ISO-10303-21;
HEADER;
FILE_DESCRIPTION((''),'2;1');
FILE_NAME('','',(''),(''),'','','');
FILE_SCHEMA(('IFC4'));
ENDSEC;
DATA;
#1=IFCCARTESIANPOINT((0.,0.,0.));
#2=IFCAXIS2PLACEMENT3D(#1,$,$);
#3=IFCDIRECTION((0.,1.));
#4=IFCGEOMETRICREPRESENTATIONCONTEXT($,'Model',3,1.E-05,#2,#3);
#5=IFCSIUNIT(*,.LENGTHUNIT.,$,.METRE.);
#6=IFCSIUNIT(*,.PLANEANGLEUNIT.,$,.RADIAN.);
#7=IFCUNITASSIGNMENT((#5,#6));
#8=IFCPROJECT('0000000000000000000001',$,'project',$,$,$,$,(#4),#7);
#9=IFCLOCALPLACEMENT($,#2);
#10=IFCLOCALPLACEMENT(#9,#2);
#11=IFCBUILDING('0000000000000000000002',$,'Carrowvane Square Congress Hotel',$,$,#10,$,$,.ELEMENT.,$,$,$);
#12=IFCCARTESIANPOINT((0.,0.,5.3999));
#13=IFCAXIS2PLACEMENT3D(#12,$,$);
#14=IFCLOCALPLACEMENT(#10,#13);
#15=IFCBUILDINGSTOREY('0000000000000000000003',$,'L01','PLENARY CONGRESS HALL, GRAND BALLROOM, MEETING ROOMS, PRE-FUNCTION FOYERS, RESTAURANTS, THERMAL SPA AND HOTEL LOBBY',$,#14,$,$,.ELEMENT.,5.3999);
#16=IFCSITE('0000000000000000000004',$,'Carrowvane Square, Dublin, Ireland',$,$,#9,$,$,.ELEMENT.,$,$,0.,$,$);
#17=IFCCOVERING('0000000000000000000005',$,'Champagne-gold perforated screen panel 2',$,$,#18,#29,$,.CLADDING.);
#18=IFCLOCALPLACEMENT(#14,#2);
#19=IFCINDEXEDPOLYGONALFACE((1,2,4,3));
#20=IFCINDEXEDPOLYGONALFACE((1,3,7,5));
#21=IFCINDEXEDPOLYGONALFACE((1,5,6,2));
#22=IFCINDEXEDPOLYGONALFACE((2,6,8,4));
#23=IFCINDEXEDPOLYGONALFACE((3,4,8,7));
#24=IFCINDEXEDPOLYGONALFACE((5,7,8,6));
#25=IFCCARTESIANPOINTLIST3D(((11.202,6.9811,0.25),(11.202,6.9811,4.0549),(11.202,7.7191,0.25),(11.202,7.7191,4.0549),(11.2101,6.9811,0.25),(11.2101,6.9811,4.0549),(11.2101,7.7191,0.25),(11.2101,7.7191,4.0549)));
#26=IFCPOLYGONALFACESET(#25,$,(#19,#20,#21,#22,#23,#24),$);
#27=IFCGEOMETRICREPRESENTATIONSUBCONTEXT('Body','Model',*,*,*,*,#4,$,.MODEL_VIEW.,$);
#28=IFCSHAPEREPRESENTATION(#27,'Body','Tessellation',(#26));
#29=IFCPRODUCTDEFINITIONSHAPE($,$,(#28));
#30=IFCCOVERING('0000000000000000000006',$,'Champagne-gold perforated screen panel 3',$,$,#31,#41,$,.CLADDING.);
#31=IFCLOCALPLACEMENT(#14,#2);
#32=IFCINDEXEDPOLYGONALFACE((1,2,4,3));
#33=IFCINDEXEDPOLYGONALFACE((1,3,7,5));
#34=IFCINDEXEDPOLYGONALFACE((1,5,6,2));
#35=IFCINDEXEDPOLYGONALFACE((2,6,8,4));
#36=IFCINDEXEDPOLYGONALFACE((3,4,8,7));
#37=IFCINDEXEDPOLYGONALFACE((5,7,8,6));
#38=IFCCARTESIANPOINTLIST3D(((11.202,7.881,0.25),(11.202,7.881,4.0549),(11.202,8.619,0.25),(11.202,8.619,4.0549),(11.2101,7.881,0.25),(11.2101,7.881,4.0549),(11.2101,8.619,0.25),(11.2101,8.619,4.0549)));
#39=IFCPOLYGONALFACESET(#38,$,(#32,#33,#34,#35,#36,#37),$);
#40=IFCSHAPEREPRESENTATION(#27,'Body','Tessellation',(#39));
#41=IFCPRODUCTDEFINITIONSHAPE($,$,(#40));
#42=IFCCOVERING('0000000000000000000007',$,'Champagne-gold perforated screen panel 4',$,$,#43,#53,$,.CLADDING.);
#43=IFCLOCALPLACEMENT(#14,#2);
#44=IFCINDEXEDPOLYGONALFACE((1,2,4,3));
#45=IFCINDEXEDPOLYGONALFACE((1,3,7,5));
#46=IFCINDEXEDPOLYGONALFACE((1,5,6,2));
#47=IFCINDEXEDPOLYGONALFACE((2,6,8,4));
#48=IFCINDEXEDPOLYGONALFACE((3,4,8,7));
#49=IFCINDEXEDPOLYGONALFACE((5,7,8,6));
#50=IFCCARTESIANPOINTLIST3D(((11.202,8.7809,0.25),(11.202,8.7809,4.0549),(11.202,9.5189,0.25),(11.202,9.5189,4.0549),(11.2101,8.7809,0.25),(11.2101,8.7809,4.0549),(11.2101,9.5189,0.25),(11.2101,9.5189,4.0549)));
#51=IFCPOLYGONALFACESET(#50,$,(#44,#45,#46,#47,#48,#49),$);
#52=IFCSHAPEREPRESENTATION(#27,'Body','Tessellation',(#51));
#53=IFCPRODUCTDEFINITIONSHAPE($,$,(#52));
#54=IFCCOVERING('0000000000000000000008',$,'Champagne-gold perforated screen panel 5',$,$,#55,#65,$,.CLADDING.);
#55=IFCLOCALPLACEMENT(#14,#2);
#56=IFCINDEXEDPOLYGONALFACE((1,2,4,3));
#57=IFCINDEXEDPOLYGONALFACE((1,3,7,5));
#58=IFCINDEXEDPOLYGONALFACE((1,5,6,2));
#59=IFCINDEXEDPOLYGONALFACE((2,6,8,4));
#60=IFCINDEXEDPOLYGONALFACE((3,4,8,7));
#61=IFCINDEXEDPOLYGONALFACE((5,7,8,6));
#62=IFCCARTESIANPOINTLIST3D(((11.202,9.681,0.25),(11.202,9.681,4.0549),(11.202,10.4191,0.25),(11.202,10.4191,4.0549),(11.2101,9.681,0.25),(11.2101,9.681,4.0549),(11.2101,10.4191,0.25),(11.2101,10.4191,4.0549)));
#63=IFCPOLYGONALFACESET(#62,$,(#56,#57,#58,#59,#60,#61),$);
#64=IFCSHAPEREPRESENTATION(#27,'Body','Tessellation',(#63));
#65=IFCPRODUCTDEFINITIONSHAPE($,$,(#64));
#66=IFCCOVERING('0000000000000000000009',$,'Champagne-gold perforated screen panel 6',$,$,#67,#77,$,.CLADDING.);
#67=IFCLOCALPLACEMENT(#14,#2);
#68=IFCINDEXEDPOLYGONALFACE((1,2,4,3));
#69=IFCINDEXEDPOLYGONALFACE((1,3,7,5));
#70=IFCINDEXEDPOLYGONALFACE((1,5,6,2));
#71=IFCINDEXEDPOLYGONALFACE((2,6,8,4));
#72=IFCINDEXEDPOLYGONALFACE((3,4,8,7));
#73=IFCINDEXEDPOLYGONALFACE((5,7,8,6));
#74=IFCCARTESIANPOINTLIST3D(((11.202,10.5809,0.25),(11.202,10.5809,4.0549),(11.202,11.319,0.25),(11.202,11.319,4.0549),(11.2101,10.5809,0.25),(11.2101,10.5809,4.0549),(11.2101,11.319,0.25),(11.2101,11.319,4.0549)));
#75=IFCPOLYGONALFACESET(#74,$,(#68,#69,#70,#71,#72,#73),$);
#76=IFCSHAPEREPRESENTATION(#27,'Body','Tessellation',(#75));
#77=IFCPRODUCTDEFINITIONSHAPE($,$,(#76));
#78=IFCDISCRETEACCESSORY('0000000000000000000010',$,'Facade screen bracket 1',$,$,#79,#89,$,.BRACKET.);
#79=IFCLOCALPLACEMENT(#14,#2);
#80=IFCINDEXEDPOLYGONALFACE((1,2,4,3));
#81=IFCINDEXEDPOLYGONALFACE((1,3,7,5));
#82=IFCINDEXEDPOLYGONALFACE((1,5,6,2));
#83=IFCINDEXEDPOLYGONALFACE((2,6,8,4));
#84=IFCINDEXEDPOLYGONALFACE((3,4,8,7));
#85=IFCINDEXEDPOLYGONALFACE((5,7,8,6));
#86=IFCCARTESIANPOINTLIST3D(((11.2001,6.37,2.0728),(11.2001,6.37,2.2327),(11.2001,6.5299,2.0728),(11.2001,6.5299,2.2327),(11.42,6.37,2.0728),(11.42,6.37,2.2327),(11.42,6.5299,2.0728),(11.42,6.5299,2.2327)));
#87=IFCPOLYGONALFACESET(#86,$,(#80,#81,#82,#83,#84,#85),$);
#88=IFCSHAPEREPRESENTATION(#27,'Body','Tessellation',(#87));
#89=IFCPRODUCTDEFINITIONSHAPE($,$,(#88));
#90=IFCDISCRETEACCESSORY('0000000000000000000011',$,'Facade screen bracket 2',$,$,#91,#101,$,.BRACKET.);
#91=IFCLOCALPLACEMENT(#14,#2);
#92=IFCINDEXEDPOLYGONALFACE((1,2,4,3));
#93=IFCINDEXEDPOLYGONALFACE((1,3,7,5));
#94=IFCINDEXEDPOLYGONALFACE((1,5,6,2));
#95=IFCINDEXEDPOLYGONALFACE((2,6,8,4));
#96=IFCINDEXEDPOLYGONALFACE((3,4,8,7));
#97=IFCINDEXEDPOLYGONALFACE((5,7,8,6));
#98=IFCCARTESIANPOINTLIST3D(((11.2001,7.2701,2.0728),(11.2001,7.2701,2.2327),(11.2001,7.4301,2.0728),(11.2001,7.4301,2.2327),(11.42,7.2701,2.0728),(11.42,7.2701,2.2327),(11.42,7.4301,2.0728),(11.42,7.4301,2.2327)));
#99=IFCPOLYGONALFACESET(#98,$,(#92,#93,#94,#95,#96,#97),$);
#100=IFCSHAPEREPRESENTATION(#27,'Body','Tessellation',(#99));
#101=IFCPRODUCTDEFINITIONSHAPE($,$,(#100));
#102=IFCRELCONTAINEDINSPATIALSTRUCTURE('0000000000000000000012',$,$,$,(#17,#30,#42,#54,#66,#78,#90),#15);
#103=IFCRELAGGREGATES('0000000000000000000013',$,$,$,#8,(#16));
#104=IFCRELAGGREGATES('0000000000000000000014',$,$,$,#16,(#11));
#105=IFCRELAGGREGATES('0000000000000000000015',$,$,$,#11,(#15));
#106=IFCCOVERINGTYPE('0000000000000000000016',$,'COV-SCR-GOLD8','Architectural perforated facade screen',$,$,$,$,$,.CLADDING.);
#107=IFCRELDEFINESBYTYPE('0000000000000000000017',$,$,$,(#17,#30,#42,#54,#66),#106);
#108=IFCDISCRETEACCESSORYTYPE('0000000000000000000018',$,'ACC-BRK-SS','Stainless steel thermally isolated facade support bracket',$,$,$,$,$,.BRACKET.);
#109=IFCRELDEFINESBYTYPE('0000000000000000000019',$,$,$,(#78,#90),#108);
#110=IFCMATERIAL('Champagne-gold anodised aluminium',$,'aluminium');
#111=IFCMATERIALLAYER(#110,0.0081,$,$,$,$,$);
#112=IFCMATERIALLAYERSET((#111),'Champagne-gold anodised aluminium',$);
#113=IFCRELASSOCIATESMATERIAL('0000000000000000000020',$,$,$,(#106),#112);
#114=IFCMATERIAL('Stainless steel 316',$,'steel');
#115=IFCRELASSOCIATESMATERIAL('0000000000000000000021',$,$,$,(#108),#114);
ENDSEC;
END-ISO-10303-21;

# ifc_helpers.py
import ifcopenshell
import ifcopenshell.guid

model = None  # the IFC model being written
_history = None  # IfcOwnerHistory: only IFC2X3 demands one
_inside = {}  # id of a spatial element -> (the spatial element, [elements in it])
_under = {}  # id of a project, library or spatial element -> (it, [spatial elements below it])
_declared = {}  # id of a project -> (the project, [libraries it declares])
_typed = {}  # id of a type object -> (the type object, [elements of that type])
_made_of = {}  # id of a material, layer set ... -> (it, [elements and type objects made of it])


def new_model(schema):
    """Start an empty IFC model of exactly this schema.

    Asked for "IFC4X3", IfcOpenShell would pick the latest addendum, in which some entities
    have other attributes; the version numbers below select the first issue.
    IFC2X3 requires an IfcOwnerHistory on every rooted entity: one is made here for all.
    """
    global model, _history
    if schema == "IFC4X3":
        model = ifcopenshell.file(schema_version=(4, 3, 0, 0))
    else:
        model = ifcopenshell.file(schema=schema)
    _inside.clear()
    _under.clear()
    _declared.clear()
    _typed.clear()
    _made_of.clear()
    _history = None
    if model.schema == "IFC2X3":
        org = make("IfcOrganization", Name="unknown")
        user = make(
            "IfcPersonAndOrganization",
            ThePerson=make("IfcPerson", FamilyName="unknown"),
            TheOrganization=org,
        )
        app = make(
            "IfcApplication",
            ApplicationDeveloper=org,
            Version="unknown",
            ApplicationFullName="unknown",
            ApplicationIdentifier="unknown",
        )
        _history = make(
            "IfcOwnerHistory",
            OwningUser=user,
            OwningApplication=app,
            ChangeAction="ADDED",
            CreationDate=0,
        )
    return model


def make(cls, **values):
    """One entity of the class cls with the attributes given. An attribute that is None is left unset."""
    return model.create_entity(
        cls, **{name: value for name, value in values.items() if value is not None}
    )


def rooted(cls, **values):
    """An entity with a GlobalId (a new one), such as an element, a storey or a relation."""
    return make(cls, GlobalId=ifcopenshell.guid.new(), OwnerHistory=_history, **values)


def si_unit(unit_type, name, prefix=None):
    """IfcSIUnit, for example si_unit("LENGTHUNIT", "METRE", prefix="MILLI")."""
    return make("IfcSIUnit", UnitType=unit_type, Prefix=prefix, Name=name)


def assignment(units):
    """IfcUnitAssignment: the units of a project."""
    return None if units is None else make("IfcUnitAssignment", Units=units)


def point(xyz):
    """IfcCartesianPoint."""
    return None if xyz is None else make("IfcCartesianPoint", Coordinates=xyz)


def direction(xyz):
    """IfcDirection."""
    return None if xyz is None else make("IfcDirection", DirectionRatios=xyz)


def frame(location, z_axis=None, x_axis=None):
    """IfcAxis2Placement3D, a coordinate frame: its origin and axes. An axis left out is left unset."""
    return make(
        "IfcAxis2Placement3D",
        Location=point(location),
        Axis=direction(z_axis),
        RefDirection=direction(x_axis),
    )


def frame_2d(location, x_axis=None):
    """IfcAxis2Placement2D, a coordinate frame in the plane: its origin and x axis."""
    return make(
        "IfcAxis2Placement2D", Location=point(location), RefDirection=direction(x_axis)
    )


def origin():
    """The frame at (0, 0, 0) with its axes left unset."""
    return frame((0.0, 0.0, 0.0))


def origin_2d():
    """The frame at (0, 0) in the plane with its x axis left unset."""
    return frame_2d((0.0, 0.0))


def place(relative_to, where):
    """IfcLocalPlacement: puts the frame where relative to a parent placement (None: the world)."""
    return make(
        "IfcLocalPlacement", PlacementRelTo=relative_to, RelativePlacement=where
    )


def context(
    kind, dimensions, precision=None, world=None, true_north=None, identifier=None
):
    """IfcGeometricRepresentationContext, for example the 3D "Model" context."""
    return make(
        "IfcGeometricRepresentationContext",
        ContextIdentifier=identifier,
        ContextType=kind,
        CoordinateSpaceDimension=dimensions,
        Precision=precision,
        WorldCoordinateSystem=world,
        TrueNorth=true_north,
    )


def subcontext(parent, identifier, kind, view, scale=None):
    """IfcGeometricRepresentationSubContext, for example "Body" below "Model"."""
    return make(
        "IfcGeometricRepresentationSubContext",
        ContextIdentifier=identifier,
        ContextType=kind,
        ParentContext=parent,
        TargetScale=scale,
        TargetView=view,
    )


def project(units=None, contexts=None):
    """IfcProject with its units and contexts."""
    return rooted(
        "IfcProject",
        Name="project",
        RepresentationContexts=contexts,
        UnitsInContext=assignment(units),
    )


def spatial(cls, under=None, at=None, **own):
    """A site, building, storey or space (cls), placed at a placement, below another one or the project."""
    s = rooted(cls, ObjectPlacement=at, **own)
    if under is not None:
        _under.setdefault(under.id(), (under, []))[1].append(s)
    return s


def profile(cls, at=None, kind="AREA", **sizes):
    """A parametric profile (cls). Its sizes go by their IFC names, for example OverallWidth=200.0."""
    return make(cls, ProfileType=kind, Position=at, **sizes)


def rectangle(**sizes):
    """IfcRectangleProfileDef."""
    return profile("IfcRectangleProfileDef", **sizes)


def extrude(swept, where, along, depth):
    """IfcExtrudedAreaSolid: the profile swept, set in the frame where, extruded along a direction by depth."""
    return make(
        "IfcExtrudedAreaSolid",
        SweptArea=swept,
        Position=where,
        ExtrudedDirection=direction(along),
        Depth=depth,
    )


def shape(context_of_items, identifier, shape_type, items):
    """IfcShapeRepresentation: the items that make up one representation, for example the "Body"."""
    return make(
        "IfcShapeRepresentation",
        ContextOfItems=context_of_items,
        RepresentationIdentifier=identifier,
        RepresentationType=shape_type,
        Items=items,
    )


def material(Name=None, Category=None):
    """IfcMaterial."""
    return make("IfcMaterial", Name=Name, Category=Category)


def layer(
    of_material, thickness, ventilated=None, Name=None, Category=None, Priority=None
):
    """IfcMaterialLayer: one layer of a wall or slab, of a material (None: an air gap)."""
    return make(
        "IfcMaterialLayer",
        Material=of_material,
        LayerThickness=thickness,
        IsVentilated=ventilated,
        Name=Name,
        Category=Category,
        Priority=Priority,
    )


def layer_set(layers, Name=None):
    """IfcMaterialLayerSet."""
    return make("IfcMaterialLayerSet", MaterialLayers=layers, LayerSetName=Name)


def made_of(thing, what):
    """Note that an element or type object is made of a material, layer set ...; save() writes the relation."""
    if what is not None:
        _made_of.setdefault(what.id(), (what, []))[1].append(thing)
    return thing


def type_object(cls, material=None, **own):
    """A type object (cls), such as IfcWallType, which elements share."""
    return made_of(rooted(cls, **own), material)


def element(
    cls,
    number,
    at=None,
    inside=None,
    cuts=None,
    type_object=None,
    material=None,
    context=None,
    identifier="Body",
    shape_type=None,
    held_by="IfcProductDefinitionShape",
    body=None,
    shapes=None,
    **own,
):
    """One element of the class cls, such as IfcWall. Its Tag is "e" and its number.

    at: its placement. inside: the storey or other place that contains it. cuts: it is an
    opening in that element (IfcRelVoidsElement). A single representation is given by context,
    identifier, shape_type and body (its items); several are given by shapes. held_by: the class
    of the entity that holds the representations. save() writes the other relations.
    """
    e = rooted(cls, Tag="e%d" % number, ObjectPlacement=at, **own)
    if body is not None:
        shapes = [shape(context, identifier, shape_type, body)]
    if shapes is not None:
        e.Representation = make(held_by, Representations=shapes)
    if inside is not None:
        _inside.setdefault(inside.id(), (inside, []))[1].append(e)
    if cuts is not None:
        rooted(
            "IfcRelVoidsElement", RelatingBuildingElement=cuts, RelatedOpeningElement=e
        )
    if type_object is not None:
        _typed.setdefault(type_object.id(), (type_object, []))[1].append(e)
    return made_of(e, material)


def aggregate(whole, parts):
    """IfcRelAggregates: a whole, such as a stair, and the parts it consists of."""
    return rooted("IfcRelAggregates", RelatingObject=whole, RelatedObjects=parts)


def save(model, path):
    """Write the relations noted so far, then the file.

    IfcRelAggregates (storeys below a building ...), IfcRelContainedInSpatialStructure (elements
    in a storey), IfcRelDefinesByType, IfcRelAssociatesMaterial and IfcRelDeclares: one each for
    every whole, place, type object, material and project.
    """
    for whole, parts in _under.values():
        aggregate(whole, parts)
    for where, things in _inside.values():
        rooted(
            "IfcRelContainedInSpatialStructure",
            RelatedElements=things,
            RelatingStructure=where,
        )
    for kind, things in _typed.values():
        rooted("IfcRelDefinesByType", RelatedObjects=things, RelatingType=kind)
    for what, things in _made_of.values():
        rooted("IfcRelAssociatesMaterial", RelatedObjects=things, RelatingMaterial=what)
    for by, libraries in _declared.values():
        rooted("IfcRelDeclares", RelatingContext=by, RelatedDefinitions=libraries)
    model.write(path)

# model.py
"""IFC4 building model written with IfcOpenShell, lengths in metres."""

from ifc_helpers import new_model, si_unit, direction, frame, origin, origin_2d, place, context, subcontext, project, spatial, rectangle, extrude, material, layer, layer_set, type_object, element, save


model = new_model("IFC4")

# Units and contexts
model_context = context("Model", 3, precision=1e-05, world=origin(), true_north=direction((0.0, 1.0)))
body_context = subcontext(model_context, "Body", "Model", "MODEL_VIEW")
ifc_project = project(units=[si_unit("LENGTHUNIT", "METRE"), si_unit("PLANEANGLEUNIT", "RADIAN")], contexts=[model_context])

# Site, building, storey
site_placement = place(None, origin())
site = spatial("IfcSite", under=ifc_project, at=site_placement, Name="Carrowvane Square, Dublin, Ireland", CompositionType="ELEMENT", RefElevation=0.0)
building_placement = place(site_placement, origin())
building = spatial("IfcBuilding", under=site, at=building_placement, Name="Carrowvane Square Congress Hotel", CompositionType="ELEMENT")
storey_placement = place(building_placement, frame((0.0, 0.0, 5.3999)))
storey = spatial("IfcBuildingStorey", under=building, at=storey_placement, Name="L01", Description="PLENARY CONGRESS HALL, GRAND BALLROOM, MEETING ROOMS, PRE-FUNCTION FOYERS, RESTAURANTS, THERMAL SPA AND HOTEL LOBBY", CompositionType="ELEMENT", Elevation=5.3999)

# Coverings
ifc_material_1 = material(Name="Champagne-gold anodised aluminium", Category="aluminium")
ifc_layer_1 = layer(ifc_material_1, 0.0081)
ifc_layer_set_1 = layer_set([ifc_layer_1], Name="Champagne-gold anodised aluminium")
covering_type_1 = type_object("IfcCoveringType", Name="COV-SCR-GOLD8", Description="Architectural perforated facade screen", PredefinedType="CLADDING", material=ifc_layer_set_1)
for number, where, z_axis, x_axis, name in (
    (1, (11.2061, 7.3501, 0.25), (0.0, 0.0, 1.0), (0.0, 1.0, 0.0), "Champagne-gold perforated screen panel 2"),
    (2, (11.2061, 8.25, 0.25), (0.0, 0.0, 1.0), (0.0, 1.0, 0.0), "Champagne-gold perforated screen panel 3"),
    (3, (11.2061, 9.1499, 0.25), (0.0, 0.0, 1.0), (0.0, 1.0, 0.0), "Champagne-gold perforated screen panel 4"),
    (4, (11.2061, 10.05, 0.25), (0.0, 0.0, 1.0), (0.0, 1.0, 0.0), "Champagne-gold perforated screen panel 5"),
    (5, (11.2061, 10.95, 0.25), (0.0, 0.0, 1.0), (0.0, 1.0, 0.0), "Champagne-gold perforated screen panel 6"),
):
    element("IfcCovering", number, at=place(storey_placement, frame(where, z_axis=z_axis, x_axis=x_axis)), inside=storey, type_object=covering_type_1, Name=name, PredefinedType="CLADDING", context=body_context, shape_type="SweptSolid", body=[
        extrude(rectangle(XDim=0.738, YDim=0.0081, at=origin_2d()), origin(), (0.0, 0.0, 1.0), 3.8049),
    ])

# Discrete accessories
ifc_material_2 = material(Name="Stainless steel 316", Category="steel")
discrete_accessory_type = type_object("IfcDiscreteAccessoryType", Name="ACC-BRK-SS", Description="Stainless steel thermally isolated facade support bracket", PredefinedType="BRACKET", material=ifc_material_2)
for number, where, z_axis, x_axis, name in (
    (6, (11.3101, 6.45, 2.0728), (0.0, 0.0, 1.0), (0.0, 1.0, 0.0), "Facade screen bracket 1"),
    (7, (11.3101, 7.3501, 2.0728), (0.0, 0.0, 1.0), (0.0, 1.0, 0.0), "Facade screen bracket 2"),
):
    element("IfcDiscreteAccessory", number, at=place(storey_placement, frame(where, z_axis=z_axis, x_axis=x_axis)), inside=storey, type_object=discrete_accessory_type, Name=name, PredefinedType="BRACKET", context=body_context, shape_type="SweptSolid", body=[
        extrude(rectangle(XDim=0.1599, YDim=0.22, at=origin_2d()), origin(), (0.0, 0.0, 1.0), 0.1599),
    ])

save(model, "model.ifc")
